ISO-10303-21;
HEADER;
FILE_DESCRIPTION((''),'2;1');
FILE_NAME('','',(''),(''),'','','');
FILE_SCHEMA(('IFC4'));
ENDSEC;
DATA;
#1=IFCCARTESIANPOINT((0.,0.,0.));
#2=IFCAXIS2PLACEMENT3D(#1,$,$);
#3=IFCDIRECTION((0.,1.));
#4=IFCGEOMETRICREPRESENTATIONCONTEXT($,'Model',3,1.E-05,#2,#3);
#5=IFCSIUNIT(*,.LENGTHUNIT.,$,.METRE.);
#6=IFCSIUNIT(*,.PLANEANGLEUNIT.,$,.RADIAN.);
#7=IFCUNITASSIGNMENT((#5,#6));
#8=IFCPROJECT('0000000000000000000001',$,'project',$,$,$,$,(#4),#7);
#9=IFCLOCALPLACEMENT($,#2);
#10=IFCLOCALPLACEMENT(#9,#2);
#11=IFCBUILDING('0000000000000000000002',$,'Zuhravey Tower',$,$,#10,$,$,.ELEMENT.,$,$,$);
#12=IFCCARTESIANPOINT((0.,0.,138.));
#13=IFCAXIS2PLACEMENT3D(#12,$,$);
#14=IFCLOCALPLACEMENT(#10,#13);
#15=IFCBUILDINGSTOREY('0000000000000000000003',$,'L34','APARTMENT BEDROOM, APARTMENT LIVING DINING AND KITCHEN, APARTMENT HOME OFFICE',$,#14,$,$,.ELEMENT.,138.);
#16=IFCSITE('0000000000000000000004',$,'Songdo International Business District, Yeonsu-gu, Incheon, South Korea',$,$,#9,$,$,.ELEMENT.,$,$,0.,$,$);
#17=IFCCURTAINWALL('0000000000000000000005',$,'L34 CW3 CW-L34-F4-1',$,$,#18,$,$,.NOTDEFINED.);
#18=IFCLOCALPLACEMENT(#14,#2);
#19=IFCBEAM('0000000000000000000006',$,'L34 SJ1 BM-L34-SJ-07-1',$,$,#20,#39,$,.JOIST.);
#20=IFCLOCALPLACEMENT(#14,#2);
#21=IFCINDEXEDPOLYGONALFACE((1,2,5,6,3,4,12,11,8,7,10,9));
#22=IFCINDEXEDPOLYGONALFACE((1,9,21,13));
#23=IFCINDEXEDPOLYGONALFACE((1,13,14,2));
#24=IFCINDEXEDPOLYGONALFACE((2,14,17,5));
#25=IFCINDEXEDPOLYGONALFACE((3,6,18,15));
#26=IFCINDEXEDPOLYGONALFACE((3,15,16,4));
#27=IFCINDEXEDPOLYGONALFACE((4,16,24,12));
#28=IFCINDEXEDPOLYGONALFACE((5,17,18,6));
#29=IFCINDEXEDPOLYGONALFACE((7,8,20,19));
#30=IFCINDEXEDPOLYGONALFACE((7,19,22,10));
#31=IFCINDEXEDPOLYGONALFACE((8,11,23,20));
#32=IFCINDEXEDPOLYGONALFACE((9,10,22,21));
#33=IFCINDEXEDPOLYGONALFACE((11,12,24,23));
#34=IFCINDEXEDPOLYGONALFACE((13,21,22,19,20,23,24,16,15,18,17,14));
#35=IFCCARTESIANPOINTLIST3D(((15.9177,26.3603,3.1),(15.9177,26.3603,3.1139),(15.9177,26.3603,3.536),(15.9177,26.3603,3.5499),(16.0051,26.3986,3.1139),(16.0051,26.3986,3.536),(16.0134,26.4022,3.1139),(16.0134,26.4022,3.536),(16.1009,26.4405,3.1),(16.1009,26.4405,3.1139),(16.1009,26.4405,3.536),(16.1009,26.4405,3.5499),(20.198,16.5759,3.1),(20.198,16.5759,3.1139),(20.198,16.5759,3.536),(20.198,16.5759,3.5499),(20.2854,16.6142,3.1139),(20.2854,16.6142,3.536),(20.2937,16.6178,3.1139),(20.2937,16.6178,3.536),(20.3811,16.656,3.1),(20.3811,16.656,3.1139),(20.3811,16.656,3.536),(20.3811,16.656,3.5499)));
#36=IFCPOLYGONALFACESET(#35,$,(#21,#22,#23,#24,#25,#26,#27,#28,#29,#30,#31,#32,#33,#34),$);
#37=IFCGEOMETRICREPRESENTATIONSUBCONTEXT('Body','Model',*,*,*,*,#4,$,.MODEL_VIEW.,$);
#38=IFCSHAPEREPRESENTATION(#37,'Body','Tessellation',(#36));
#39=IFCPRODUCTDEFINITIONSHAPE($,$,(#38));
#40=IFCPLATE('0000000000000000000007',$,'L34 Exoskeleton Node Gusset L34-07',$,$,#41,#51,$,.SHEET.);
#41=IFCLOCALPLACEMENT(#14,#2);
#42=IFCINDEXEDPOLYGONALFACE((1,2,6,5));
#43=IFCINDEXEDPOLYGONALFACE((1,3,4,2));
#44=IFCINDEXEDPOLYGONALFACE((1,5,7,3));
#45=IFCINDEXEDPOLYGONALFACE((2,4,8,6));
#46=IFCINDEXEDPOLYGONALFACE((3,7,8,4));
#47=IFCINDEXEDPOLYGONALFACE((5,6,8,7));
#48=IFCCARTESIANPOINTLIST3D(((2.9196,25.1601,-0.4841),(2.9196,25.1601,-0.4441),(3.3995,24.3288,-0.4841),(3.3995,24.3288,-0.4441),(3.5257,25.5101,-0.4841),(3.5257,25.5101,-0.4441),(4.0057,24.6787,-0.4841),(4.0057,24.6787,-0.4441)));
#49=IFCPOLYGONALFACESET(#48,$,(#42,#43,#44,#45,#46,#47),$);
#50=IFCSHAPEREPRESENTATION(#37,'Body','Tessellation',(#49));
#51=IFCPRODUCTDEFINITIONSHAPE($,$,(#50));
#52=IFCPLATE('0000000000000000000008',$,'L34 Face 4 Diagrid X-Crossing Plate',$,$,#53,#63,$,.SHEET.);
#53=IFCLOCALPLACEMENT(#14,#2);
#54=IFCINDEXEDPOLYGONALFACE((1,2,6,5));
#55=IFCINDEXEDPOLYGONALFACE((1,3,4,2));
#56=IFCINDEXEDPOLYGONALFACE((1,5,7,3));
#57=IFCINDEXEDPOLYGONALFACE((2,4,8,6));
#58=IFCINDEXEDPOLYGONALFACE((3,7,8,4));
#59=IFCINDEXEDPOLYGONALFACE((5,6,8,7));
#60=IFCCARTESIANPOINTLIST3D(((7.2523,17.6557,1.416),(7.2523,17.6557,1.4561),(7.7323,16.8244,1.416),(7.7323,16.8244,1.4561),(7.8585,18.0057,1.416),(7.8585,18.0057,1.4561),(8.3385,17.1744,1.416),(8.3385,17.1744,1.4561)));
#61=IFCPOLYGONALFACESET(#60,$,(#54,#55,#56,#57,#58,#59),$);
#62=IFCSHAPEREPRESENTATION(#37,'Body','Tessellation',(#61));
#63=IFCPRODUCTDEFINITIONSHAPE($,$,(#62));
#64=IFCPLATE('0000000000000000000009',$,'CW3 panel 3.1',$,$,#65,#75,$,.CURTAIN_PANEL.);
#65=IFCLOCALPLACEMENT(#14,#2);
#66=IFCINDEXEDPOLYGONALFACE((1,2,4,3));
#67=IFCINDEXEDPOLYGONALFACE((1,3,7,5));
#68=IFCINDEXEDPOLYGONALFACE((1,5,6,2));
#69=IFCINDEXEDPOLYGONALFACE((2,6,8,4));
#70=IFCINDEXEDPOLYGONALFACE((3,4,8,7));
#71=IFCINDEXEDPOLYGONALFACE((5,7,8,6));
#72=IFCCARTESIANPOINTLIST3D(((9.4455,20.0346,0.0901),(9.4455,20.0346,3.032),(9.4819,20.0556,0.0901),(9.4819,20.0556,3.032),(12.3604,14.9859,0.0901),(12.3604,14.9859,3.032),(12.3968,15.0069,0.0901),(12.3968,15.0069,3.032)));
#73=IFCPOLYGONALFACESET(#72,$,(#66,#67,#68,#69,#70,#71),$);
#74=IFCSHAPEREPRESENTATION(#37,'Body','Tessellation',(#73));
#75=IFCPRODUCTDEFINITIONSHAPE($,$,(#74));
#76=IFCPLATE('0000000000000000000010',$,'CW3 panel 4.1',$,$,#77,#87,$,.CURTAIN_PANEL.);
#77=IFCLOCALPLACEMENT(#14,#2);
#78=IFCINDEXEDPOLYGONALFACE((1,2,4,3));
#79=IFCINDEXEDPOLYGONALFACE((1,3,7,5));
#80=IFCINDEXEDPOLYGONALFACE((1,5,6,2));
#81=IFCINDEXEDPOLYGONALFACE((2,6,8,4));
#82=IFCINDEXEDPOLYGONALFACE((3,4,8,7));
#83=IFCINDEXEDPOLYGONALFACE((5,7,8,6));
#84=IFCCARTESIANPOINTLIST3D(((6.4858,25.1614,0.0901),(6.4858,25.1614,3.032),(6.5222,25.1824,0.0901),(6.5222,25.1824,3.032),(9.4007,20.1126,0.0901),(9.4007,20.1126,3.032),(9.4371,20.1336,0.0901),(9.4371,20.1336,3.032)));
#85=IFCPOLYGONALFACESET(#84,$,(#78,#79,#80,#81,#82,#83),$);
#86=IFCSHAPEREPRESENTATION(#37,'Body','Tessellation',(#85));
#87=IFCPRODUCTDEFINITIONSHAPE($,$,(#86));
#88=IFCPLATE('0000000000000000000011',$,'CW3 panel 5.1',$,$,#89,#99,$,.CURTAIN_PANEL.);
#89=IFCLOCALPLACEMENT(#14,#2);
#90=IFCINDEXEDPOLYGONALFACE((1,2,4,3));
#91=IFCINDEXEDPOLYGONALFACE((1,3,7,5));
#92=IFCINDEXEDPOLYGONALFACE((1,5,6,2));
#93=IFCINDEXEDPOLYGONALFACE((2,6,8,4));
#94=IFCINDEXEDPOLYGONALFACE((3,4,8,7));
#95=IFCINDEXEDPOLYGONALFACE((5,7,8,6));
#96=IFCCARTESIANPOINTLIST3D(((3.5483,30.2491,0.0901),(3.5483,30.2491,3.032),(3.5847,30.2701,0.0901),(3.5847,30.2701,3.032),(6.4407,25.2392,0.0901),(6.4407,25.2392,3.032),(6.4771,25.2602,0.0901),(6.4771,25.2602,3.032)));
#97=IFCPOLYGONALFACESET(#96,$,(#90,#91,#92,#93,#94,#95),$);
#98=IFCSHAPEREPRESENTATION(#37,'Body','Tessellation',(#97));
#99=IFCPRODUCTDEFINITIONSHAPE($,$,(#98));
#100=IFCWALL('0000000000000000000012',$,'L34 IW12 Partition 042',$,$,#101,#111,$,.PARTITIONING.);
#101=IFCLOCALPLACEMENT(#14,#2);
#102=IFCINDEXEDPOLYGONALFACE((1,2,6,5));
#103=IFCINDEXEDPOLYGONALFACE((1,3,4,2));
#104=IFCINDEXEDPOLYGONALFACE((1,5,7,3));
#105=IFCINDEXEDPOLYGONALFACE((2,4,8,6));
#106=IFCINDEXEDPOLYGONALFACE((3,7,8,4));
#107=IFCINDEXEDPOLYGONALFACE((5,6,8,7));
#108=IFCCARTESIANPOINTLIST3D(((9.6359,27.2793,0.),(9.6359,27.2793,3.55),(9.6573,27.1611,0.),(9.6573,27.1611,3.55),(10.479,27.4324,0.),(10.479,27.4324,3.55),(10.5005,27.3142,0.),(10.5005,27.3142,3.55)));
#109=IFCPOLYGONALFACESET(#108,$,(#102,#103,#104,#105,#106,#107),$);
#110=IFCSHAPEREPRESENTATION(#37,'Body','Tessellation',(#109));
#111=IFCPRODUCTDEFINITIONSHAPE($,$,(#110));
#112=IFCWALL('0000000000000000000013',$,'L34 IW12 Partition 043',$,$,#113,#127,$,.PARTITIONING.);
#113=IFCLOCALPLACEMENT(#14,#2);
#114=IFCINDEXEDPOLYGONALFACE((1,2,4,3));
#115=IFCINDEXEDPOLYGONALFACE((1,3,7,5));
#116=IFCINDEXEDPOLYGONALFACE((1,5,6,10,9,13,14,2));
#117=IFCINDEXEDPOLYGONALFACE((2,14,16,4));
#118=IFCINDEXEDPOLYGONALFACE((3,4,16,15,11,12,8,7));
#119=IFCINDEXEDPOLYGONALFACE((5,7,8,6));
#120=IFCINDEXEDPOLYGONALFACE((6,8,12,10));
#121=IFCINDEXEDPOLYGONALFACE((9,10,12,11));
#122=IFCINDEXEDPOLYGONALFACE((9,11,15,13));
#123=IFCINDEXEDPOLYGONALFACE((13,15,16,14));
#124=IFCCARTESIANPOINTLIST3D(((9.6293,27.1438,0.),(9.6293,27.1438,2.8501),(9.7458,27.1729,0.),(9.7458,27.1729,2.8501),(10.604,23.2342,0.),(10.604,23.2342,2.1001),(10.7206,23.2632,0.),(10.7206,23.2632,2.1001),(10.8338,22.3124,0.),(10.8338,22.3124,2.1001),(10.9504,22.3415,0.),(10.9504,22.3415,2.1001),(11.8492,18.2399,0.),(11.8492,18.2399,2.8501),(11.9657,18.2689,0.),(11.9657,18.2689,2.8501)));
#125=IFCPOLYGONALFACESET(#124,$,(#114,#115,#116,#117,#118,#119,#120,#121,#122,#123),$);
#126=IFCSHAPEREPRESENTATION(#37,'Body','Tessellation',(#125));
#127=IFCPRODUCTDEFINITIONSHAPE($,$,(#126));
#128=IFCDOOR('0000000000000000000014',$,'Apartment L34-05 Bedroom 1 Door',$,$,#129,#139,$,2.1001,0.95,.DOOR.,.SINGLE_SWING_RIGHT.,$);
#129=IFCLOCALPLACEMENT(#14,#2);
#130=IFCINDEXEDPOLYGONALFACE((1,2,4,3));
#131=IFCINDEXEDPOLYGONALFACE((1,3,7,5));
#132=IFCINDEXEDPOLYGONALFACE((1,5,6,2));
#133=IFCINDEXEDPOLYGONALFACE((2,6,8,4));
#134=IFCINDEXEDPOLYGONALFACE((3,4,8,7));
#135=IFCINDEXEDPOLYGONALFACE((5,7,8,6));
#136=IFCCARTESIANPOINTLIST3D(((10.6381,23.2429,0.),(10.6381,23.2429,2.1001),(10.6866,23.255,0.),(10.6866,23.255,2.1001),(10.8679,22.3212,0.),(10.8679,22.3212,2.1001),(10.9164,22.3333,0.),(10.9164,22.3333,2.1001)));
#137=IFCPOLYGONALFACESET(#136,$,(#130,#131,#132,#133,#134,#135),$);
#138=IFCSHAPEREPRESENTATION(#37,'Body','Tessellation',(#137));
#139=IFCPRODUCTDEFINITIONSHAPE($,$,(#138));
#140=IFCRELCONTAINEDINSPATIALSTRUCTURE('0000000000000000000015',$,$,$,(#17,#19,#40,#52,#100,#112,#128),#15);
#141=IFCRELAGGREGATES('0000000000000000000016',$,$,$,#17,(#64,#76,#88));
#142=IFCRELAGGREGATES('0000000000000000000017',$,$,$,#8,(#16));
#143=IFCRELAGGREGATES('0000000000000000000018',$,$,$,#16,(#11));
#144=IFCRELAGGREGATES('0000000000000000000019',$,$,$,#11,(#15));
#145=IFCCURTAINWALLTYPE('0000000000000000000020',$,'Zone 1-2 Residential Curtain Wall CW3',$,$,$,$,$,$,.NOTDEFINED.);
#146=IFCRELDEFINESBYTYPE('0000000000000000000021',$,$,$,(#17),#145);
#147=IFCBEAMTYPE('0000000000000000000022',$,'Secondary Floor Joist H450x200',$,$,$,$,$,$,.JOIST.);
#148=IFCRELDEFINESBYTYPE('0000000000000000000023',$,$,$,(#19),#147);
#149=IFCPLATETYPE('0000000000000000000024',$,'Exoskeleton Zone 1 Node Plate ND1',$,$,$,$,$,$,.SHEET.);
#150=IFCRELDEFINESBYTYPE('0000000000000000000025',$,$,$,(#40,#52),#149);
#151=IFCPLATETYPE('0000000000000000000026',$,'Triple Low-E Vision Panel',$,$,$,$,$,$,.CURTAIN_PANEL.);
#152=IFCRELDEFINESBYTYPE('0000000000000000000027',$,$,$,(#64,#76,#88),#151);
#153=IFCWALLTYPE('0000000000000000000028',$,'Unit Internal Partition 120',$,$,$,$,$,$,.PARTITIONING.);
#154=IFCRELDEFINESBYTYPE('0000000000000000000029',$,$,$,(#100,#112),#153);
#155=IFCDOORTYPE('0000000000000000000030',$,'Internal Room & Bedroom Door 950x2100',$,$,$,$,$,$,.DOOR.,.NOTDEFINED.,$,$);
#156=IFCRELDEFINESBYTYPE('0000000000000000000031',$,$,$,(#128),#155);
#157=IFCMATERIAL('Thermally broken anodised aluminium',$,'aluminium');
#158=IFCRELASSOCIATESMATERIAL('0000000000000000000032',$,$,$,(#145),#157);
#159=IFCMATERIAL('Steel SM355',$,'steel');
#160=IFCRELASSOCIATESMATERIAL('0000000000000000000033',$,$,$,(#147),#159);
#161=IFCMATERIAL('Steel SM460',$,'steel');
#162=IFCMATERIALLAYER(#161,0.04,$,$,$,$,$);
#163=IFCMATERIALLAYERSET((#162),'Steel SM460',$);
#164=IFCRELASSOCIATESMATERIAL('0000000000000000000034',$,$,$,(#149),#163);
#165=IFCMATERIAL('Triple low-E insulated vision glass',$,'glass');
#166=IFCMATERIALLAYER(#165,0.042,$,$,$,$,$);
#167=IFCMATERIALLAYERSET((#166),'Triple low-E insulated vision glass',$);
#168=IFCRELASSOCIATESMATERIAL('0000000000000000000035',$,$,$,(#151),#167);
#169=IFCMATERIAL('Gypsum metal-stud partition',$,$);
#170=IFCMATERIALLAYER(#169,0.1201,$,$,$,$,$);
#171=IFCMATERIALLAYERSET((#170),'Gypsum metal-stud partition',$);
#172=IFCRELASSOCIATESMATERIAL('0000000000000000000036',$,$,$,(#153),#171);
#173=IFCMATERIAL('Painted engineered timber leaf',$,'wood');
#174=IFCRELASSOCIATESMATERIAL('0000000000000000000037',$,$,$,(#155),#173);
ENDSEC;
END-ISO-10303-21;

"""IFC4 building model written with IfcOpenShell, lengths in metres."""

from ifc_helpers import new_model, si_unit, direction, frame, frame_2d, origin, origin_2d, place, context, subcontext, project, spatial, rectangle, i_section, extrude, material, layer, layer_set, material_profile, profile_set, type_object, element, fill, aggregate, save


model = new_model("IFC4")

# Units and contexts
model_context = context("Model", 3, precision=1e-05, world=origin(), true_north=direction((0.0, 1.0)))
body_context = subcontext(model_context, "Body", "Model", "MODEL_VIEW")
ifc_project = project(units=[si_unit("LENGTHUNIT", "METRE"), si_unit("PLANEANGLEUNIT", "RADIAN")], contexts=[model_context])

# Site, building, storey
site_placement = place(None, origin())
site = spatial("IfcSite", under=ifc_project, at=site_placement, Name="Songdo International Business District, Yeonsu-gu, Incheon, South Korea", CompositionType="ELEMENT", RefElevation=0.0)
building_placement = place(site_placement, origin())
building = spatial("IfcBuilding", under=site, at=building_placement, Name="Zuhravey Tower", CompositionType="ELEMENT")
storey_placement = place(building_placement, frame((0.0, 0.0, 138.0)))
storey = spatial("IfcBuildingStorey", under=building, at=storey_placement, Name="L34", Description="APARTMENT BEDROOM, APARTMENT LIVING DINING AND KITCHEN, APARTMENT HOME OFFICE", CompositionType="ELEMENT", Elevation=138.0)

# Curtain wall
ifc_material_1 = material(Name="Thermally broken anodised aluminium", Category="aluminium")
curtain_wall_type = type_object("IfcCurtainWallType", Name="Zone 1-2 Residential Curtain Wall CW3", PredefinedType="NOTDEFINED", material=ifc_material_1)
curtain_wall_placement = place(storey_placement, origin())
curtain_wall = element("IfcCurtainWall", 1, at=curtain_wall_placement, inside=storey, type_object=curtain_wall_type, Name="L34 CW3 CW-L34-F4-1", PredefinedType="NOTDEFINED")

# Shared definitions
ifc_material_2 = material(Name="Steel SM460", Category="steel")

# Shared definitions
ifc_material_3 = material(Name="Steel SM355", Category="steel")

# Beam
ifc_material_profile_1 = material_profile(ifc_material_3, i_section(OverallWidth=0.2, OverallDepth=0.45, WebThickness=0.009, FlangeThickness=0.0139, at=origin_2d()), Name="H-450x200x9x14")
ifc_profile_set_1 = profile_set([ifc_material_profile_1], Name="Steel SM355")
beam_type_1 = type_object("IfcBeamType", Name="Secondary Floor Joist H450x200", PredefinedType="JOIST", material=ifc_profile_set_1)
beam_1_placement = place(storey_placement, frame((16.0093, 26.4004, 3.325), z_axis=(0.400786, -0.916172, 0.0), x_axis=(0.916172, 0.400786, 0.0)))
element("IfcBeam", 2, at=beam_1_placement, inside=storey, type_object=beam_type_1, Name="L34 SJ1 BM-L34-SJ-07-1", PredefinedType="JOIST", context=body_context, shape_type="SweptSolid", body=[
    extrude(i_section(OverallWidth=0.2, OverallDepth=0.45, WebThickness=0.009, FlangeThickness=0.0139, at=origin_2d()), origin(), (0.0, 0.0, 1.0), 10.6797),
])

# Plates
ifc_layer_1 = layer(ifc_material_2, 0.04)
ifc_layer_set_1 = layer_set([ifc_layer_1], Name="Steel SM460")
plate_type_1 = type_object("IfcPlateType", Name="Exoskeleton Zone 1 Node Plate ND1", PredefinedType="SHEET", material=ifc_layer_set_1)
for number, where, z_axis, x_axis, name in (
    (3, (3.4626, 24.9194, -0.4841), (0.0, 0.0, 1.0), (0.5, -0.866025, 0.0), "L34 Exoskeleton Node Gusset L34-07"),
    (4, (7.7954, 17.415, 1.416), (0.0, 0.0, 1.0), (0.5, -0.866025, 0.0), "L34 Face 4 Diagrid X-Crossing Plate"),
):
    element("IfcPlate", number, at=place(storey_placement, frame(where, z_axis=z_axis, x_axis=x_axis)), inside=storey, type_object=plate_type_1, Name=name, PredefinedType="SHEET", context=body_context, shape_type="SweptSolid", body=[
        extrude(rectangle(XDim=0.96, YDim=0.7, at=origin_2d()), origin(), (0.0, 0.0, 1.0), 0.04),
    ])

# Plates
ifc_material_4 = material(Name="Triple low-E insulated vision glass", Category="glass")
ifc_layer_2 = layer(ifc_material_4, 0.042)
ifc_layer_set_2 = layer_set([ifc_layer_2], Name="Triple low-E insulated vision glass")
plate_type_2 = type_object("IfcPlateType", Name="Triple Low-E Vision Panel", PredefinedType="CURTAIN_PANEL", material=ifc_layer_set_2)
plate_1_placement = place(storey_placement, frame((10.9211, 17.5208, 0.0901), z_axis=(0.0, 0.0, 1.0), x_axis=(-0.5, 0.866026, 0.0)))
plate_1 = element("IfcPlate", 5, at=plate_1_placement, type_object=plate_type_2, Name="CW3 panel 3.1", PredefinedType="CURTAIN_PANEL", context=body_context, shape_type="SweptSolid", body=[
    extrude(rectangle(XDim=5.8298, YDim=0.042, at=origin_2d()), origin(), (0.0, 0.0, 1.0), 2.9419),
])
plate_2_placement = place(storey_placement, frame((7.9614, 22.6475, 0.0901), z_axis=(0.0, 0.0, 1.0), x_axis=(-0.5, 0.866026, 0.0)))
plate_2 = element("IfcPlate", 6, at=plate_2_placement, type_object=plate_type_2, Name="CW3 panel 4.1", PredefinedType="CURTAIN_PANEL", context=body_context, shape_type="SweptSolid", body=[
    extrude(rectangle(XDim=5.8298, YDim=0.042, at=origin_2d()), origin(), (0.0, 0.0, 1.0), 2.9419),
])
plate_3_placement = place(storey_placement, frame((5.0127, 27.7546, 0.0901), z_axis=(0.0, 0.0, 1.0), x_axis=(-0.5, 0.866026, 0.0)))
plate_3 = element("IfcPlate", 7, at=plate_3_placement, type_object=plate_type_2, Name="CW3 panel 5.1", PredefinedType="CURTAIN_PANEL", context=body_context, shape_type="SweptSolid", body=[
    extrude(rectangle(XDim=5.7849, YDim=0.042, at=origin_2d()), origin(), (0.0, 0.0, 1.0), 2.9419),
])
aggregate(curtain_wall, [plate_1, plate_2, plate_3])

# Wall
ifc_material_5 = material(Name="Gypsum metal-stud partition")
ifc_layer_3 = layer(ifc_material_5, 0.1201)
ifc_layer_set_3 = layer_set([ifc_layer_3], Name="Gypsum metal-stud partition")
wall_type = type_object("IfcWallType", Name="Unit Internal Partition 120", PredefinedType="PARTITIONING", material=ifc_layer_set_3)
wall_1_placement = place(storey_placement, frame((10.4897, 27.3733, 0.0), z_axis=(0.0, 0.0, 1.0), x_axis=(-0.98392, -0.17861, 0.0)))
element("IfcWall", 8, at=wall_1_placement, inside=storey, type_object=wall_type, Name="L34 IW12 Partition 042", PredefinedType="PARTITIONING", context=body_context, shape_type="SweptSolid", body=[
    extrude(rectangle(XDim=0.8569, YDim=0.1201, at=frame_2d((0.4285, 0.0))), origin(), (0.0, 0.0, 1.0), 3.55),
])

# Wall, opening, door
wall_2_placement = place(storey_placement, frame((9.6875, 27.1584, 0.0), z_axis=(0.0, 0.0, 1.0), x_axis=(0.241916, -0.970297, 0.0)))
wall_2 = element("IfcWall", 9, at=wall_2_placement, inside=storey, type_object=wall_type, Name="L34 IW12 Partition 043", PredefinedType="PARTITIONING", context=body_context, shape_type="SweptSolid", body=[
    extrude(rectangle(XDim=9.1765, YDim=0.1201, at=frame_2d((4.5884, 0.0))), origin(), (0.0, 0.0, 1.0), 2.8501),
])
opening_1_placement = place(wall_2_placement, frame((4.0293, 0.0, 0.0)))
opening_1 = element("IfcOpeningElement", 10, at=opening_1_placement, cuts=wall_2, PredefinedType="OPENING", context=body_context, shape_type="SweptSolid", body=[
    extrude(rectangle(XDim=0.95, YDim=2.1001, at=frame_2d((0.4751, 1.05))), frame((0.0, 0.072, 0.0), z_axis=(0.0, -1.0, 0.0), x_axis=(1.0, 0.0, 0.0)), (0.0, 0.0, 1.0), 0.144),
])
ifc_material_6 = material(Name="Painted engineered timber leaf", Category="wood")
door_type = type_object("IfcDoorType", Name="Internal Room & Bedroom Door 950x2100", OperationType="NOTDEFINED", PredefinedType="DOOR", material=ifc_material_6)
door_1_placement = place(opening_1_placement, frame((0.95, 0.0, 0.0), z_axis=(0.0, 0.0, 1.0), x_axis=(-1.0, 0.0, 0.0)))
door_1 = element("IfcDoor", 11, at=door_1_placement, inside=storey, type_object=door_type, Name="Apartment L34-05 Bedroom 1 Door", OperationType="SINGLE_SWING_RIGHT", OverallHeight=2.1001, OverallWidth=0.95, PredefinedType="DOOR", context=body_context, shape_type="SweptSolid", body=[
    extrude(rectangle(XDim=0.95, YDim=2.1001, at=frame_2d((0.4751, 1.05))), frame((0.0, 0.0249, 0.0), z_axis=(0.0, -1.0, 0.0), x_axis=(1.0, 0.0, 0.0)), (0.0, 0.0, 1.0), 0.05),
])
fill(opening_1, door_1)

save(model, "model.ifc")
